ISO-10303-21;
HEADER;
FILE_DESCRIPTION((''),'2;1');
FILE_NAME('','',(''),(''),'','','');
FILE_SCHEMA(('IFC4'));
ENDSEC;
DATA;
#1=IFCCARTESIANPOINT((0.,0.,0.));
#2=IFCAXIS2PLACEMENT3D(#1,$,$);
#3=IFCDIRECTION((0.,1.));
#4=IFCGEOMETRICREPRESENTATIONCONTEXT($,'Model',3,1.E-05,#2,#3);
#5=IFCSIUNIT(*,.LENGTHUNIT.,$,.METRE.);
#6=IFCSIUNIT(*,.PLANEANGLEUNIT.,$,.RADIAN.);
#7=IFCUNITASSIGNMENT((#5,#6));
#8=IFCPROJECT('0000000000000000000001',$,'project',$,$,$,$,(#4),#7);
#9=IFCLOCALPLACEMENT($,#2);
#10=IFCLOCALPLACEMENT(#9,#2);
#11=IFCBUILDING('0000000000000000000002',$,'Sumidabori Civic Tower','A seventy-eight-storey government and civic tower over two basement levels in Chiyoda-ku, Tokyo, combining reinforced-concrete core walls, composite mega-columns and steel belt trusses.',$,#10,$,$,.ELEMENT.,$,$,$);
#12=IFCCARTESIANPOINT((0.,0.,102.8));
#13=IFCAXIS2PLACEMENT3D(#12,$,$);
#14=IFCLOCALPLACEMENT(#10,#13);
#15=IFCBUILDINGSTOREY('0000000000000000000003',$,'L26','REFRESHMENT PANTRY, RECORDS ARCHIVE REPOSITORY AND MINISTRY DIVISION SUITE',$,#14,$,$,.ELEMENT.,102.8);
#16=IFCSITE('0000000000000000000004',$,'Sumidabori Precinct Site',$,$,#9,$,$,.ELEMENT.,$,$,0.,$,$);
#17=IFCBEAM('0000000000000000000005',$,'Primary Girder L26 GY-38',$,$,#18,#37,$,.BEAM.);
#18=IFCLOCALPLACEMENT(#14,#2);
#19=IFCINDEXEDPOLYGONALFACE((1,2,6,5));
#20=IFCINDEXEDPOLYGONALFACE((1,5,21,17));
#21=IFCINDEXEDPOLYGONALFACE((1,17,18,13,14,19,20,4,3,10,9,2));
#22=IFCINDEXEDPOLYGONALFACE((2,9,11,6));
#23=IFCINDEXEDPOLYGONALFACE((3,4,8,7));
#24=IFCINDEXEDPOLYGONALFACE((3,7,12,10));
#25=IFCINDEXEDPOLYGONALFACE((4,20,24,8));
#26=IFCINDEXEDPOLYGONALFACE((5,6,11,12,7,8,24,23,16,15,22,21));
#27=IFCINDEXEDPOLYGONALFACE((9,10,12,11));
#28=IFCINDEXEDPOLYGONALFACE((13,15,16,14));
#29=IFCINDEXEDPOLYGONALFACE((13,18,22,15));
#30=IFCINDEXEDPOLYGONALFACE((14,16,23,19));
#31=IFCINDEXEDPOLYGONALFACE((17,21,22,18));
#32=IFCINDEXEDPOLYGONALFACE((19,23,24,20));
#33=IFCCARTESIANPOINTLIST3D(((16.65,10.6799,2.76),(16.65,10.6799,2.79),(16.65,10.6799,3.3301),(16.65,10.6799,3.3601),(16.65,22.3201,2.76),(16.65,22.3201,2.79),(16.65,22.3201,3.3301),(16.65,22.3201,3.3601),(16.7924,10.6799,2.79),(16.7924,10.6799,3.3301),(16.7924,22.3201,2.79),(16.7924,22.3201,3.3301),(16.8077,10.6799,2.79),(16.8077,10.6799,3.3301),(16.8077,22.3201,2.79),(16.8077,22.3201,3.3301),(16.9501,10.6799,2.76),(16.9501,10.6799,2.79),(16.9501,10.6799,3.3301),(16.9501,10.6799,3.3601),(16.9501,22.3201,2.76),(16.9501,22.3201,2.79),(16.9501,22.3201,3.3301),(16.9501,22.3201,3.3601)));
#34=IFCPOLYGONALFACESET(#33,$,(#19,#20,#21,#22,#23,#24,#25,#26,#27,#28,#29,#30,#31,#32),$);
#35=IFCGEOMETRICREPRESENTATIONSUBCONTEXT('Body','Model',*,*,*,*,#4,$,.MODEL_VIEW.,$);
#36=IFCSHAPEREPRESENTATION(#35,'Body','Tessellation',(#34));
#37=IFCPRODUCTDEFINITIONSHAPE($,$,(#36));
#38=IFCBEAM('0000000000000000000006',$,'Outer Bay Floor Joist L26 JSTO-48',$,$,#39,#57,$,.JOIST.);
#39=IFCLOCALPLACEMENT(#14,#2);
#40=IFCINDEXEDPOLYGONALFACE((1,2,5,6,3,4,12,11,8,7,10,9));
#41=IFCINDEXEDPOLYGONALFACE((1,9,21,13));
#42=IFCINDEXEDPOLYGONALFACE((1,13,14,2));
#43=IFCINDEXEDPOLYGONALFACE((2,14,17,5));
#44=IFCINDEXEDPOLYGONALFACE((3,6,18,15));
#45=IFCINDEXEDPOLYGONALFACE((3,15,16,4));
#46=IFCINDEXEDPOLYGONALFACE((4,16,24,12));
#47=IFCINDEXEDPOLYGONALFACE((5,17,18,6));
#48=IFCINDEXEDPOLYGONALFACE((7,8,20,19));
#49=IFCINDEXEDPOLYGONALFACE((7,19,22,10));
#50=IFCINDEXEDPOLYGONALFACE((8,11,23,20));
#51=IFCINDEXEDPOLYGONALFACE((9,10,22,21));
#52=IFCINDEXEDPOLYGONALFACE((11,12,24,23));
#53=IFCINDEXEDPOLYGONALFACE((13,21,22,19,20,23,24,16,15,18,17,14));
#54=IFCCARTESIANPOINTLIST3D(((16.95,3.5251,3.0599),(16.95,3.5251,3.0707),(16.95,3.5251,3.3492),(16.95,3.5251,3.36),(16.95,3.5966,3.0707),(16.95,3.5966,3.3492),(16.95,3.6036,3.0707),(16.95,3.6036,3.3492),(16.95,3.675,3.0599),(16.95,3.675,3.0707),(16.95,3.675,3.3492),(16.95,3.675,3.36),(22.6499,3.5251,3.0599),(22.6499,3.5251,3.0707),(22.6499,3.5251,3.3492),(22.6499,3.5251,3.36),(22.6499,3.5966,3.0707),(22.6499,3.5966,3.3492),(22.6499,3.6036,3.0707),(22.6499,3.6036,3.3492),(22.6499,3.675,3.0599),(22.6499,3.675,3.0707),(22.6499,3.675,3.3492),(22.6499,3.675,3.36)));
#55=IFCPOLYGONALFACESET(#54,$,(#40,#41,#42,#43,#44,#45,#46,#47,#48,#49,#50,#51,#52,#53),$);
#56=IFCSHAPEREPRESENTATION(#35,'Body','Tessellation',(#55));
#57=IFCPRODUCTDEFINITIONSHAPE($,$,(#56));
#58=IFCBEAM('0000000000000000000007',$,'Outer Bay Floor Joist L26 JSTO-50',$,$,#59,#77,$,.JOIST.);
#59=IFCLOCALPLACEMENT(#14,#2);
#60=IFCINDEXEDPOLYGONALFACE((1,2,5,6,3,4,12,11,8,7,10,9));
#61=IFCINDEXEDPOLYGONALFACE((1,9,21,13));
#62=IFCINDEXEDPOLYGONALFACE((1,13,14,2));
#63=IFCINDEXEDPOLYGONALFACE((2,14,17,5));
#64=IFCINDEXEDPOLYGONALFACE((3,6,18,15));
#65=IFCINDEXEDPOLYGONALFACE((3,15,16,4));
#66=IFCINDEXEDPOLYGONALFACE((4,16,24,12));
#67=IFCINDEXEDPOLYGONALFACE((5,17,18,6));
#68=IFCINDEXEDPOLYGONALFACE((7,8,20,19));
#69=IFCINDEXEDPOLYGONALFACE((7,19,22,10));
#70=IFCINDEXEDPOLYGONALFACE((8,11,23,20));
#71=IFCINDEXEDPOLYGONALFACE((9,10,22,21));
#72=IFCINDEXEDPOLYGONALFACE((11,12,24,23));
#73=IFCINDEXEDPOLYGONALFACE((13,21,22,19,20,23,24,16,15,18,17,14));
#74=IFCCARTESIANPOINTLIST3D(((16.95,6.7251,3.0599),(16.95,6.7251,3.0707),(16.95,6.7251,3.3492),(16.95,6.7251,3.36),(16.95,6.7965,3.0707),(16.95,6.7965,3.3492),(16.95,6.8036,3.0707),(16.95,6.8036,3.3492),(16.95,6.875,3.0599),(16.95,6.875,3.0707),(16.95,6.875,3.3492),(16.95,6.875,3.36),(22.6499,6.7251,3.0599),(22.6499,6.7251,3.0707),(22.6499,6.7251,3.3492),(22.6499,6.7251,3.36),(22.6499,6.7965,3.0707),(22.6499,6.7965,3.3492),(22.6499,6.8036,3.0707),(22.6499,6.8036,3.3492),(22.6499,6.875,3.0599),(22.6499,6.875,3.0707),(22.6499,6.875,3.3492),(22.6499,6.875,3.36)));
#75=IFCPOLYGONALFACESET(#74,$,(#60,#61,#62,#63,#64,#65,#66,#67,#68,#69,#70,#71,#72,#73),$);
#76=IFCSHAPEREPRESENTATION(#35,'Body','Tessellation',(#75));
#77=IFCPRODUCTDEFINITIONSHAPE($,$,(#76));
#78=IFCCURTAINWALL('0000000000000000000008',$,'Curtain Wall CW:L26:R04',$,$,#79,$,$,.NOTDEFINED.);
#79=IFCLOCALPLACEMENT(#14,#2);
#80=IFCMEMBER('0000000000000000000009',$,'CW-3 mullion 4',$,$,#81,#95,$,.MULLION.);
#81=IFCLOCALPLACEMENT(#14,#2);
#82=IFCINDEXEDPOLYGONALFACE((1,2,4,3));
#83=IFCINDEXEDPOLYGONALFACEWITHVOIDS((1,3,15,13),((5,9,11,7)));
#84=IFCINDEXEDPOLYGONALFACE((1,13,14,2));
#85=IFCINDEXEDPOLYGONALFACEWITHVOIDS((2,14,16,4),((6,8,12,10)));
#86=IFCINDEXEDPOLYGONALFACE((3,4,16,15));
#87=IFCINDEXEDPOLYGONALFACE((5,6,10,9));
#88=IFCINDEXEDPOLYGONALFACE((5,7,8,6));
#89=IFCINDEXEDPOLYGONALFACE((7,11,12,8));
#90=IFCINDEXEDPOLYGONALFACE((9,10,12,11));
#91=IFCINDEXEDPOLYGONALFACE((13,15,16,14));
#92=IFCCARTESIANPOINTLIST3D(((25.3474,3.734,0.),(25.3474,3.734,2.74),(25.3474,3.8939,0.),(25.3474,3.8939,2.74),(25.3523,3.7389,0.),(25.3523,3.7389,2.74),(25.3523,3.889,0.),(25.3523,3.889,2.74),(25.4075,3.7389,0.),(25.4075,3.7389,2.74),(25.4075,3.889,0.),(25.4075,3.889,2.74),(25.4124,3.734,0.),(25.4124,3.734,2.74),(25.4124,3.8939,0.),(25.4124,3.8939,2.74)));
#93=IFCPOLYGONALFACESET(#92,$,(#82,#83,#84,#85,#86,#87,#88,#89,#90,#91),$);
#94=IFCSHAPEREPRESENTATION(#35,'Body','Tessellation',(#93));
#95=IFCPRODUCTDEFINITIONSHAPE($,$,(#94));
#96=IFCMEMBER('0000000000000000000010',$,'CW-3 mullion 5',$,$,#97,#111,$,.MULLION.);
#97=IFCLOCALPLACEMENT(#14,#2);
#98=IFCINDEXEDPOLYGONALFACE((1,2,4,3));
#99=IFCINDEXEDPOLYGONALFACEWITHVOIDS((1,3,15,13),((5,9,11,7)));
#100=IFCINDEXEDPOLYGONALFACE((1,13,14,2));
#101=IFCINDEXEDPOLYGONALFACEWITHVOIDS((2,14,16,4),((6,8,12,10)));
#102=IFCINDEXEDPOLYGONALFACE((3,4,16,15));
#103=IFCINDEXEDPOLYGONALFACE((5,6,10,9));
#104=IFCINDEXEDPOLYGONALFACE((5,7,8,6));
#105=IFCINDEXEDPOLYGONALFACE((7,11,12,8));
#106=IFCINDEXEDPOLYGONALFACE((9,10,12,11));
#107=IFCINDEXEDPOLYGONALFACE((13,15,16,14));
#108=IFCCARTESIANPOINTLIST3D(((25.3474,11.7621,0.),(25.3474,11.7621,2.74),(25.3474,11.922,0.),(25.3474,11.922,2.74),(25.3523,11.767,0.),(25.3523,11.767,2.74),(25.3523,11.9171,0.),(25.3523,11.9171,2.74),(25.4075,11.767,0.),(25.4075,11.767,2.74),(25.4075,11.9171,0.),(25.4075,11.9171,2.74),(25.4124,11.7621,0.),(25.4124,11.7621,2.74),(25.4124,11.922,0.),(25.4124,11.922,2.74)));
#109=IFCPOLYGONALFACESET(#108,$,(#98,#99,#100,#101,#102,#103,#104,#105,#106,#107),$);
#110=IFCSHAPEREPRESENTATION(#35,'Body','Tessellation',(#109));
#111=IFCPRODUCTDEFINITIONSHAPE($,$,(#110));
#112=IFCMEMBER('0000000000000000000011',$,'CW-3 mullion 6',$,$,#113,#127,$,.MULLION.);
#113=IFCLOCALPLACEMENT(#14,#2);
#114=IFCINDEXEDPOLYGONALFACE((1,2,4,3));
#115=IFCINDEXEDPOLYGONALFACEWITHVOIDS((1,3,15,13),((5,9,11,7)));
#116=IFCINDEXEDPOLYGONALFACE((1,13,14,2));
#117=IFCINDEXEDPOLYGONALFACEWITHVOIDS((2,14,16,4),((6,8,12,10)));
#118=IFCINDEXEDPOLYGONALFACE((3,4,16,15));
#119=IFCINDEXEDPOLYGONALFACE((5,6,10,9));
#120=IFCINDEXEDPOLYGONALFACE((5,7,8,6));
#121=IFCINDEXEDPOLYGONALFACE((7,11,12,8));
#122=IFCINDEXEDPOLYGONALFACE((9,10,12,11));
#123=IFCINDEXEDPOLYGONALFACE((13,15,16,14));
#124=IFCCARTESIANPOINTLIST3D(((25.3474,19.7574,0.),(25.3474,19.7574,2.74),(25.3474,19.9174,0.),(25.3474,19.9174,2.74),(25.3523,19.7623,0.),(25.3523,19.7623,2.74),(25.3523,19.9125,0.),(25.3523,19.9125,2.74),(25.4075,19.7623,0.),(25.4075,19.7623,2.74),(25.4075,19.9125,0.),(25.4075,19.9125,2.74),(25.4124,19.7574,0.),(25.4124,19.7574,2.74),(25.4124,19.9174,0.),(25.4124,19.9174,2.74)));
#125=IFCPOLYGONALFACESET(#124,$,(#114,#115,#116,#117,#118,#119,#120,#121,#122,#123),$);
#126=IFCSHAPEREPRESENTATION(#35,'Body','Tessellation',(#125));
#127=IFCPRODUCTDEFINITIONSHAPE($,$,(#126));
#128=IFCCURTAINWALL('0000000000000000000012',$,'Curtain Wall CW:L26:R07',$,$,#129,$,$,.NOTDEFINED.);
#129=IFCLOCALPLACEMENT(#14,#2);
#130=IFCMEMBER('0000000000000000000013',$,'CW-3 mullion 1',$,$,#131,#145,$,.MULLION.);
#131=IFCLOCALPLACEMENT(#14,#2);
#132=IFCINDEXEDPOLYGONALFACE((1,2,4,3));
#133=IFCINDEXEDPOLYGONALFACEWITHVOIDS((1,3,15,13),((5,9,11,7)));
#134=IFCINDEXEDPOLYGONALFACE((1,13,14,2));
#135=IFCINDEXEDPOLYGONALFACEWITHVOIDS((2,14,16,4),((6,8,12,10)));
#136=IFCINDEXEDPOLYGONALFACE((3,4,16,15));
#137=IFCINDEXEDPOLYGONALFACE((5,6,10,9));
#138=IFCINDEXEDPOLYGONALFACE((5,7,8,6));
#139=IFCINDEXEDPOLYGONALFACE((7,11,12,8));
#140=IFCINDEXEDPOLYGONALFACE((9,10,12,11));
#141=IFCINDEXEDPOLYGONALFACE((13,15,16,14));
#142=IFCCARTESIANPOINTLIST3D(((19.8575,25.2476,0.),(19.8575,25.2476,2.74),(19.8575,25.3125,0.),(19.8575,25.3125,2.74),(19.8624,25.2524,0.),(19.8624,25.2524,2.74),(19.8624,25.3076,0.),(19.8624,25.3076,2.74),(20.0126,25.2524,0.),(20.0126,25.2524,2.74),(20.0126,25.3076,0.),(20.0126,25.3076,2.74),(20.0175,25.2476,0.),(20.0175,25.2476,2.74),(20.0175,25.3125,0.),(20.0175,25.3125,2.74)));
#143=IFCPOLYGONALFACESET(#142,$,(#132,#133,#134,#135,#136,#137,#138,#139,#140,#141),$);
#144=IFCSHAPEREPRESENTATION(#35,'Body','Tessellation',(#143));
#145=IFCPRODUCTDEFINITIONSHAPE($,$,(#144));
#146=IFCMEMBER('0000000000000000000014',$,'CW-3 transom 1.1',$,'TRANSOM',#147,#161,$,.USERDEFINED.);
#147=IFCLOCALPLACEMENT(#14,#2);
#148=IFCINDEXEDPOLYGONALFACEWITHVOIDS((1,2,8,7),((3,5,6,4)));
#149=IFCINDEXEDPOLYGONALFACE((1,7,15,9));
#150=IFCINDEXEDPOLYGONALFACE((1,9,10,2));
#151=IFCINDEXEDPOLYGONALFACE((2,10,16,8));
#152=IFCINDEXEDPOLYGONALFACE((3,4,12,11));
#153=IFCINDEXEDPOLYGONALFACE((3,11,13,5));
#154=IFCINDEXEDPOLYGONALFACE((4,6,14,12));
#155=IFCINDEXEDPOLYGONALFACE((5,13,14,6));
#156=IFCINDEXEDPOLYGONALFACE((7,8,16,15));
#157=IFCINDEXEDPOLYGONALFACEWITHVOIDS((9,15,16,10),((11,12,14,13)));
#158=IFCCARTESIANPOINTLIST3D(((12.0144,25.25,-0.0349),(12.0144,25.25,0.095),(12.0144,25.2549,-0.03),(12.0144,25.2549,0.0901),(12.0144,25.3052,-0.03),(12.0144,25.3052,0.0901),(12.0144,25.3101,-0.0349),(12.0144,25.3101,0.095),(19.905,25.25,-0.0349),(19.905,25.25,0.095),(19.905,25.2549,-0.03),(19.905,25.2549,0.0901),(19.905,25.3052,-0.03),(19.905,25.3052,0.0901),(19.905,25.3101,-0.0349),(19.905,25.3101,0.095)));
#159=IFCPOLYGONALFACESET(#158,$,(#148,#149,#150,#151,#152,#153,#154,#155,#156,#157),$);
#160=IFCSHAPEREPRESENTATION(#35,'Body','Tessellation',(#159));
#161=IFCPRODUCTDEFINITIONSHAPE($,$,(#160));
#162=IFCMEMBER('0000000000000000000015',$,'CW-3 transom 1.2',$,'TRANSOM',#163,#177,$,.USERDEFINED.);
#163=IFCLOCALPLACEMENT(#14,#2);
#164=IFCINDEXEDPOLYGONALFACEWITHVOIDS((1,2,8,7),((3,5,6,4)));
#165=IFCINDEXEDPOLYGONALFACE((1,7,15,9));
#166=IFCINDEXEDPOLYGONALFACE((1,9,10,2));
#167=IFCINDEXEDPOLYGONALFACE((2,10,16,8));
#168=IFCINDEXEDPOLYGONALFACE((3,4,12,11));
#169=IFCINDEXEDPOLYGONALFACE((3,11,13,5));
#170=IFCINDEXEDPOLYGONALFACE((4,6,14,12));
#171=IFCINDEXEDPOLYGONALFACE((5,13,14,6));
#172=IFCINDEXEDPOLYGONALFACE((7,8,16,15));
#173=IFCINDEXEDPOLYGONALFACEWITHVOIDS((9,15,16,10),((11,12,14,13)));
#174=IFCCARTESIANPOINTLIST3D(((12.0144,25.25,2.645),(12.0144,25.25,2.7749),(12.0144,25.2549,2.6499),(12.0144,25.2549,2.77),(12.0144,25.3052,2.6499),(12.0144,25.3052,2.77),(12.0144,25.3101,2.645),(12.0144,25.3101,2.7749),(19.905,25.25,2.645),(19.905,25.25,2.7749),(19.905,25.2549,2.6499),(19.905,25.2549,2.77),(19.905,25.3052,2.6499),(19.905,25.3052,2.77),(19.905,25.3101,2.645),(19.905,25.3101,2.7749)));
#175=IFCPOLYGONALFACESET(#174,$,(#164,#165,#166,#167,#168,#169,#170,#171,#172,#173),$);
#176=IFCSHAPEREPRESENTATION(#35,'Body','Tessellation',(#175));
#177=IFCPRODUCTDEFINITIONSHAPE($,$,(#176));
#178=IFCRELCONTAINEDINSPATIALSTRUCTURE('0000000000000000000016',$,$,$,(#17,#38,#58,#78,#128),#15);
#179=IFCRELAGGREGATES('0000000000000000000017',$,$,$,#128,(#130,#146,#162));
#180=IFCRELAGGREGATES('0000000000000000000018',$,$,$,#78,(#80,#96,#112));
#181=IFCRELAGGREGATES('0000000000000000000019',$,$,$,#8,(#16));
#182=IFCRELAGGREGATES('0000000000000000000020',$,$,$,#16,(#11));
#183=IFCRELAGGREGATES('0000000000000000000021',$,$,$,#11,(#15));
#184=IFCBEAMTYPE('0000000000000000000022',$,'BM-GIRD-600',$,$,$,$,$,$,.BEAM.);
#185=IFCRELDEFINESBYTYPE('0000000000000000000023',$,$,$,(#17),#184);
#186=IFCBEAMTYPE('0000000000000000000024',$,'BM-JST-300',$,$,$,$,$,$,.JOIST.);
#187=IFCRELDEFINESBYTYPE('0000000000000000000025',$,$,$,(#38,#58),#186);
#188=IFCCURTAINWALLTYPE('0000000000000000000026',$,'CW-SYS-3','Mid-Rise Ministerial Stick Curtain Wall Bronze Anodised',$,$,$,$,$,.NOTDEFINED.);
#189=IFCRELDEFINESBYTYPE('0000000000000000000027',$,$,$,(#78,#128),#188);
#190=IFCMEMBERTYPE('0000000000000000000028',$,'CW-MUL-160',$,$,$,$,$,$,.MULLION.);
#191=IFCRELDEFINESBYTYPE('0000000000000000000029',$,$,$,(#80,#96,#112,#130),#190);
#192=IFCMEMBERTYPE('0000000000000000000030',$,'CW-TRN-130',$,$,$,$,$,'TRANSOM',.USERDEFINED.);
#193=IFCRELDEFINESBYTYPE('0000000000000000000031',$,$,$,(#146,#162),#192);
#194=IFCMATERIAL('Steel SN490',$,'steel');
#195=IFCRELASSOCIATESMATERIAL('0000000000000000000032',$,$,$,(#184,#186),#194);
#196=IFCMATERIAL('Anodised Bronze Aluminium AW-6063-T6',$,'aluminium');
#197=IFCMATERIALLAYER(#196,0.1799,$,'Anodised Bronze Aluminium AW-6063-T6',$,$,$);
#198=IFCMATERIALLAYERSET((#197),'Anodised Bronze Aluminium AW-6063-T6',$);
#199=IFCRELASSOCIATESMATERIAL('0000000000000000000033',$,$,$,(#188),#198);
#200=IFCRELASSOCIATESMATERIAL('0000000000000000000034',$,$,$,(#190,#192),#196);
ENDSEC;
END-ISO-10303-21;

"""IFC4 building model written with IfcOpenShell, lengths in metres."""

from ifc_helpers import new_model, si_unit, direction, frame, origin, origin_2d, place, context, subcontext, project, spatial, hollow_rectangle, i_section, extrude, source, transform, mapped, material, layer, layer_set, material_profile, profile_set, type_object, element, aggregate, save


model = new_model("IFC4")

# Units and contexts
model_context = context("Model", 3, precision=1e-05, world=origin(), true_north=direction((0.0, 1.0)))
body_context = subcontext(model_context, "Body", "Model", "MODEL_VIEW")
ifc_project = project(units=[si_unit("LENGTHUNIT", "METRE"), si_unit("PLANEANGLEUNIT", "RADIAN")], contexts=[model_context])

# Site, building, storey
site_placement = place(None, origin())
site = spatial("IfcSite", under=ifc_project, at=site_placement, Name="Sumidabori Precinct Site", CompositionType="ELEMENT", RefElevation=0.0)
building_placement = place(site_placement, origin())
building = spatial("IfcBuilding", under=site, at=building_placement, Name="Sumidabori Civic Tower", Description="A seventy-eight-storey government and civic tower over two basement levels in Chiyoda-ku, Tokyo, combining reinforced-concrete core walls, composite mega-columns and steel belt trusses.", CompositionType="ELEMENT")
storey_placement = place(building_placement, frame((0.0, 0.0, 102.8)))
storey = spatial("IfcBuildingStorey", under=building, at=storey_placement, Name="L26", Description="REFRESHMENT PANTRY, RECORDS ARCHIVE REPOSITORY AND MINISTRY DIVISION SUITE", CompositionType="ELEMENT", Elevation=102.8)

# Beams
ifc_material_1 = material(Name="Steel SN490", Category="steel")
ifc_material_profile_1 = material_profile(ifc_material_1, i_section(OverallWidth=0.3, OverallDepth=0.6001, WebThickness=0.0154, FlangeThickness=0.03, at=origin_2d()), Name="HE 600 B")
ifc_profile_set_1 = profile_set([ifc_material_profile_1], Name="Steel SN490")
beam_type_1 = type_object("IfcBeamType", Name="BM-GIRD-600", PredefinedType="BEAM", material=ifc_profile_set_1)
shared_shape_1 = source(origin(), body_context, "Body", "SweptSolid", [
    extrude(i_section(OverallWidth=0.3, OverallDepth=0.6001, WebThickness=0.0154, FlangeThickness=0.03, at=origin_2d()), origin(), (0.0, 0.0, 1.0), 11.6401),
])
beam_1_placement = place(storey_placement, frame((16.8, 10.6799, 3.0601), z_axis=(0.0, 1.0, 0.0), x_axis=(-1.0, 0.0, 0.0)))
element("IfcBeam", 1, at=beam_1_placement, inside=storey, type_object=beam_type_1, Name="Primary Girder L26 GY-38", PredefinedType="BEAM", context=body_context, shape_type="MappedRepresentation", body=[
    mapped(shared_shape_1, transform((0.0, 0.0, 0.0), x_axis=(1.0, 0.0, 0.0), y_axis=(0.0, 1.0, 0.0), z_axis=(0.0, 0.0, 1.0), scale=1.0)),
])
ifc_material_profile_2 = material_profile(ifc_material_1, i_section(OverallWidth=0.1499, OverallDepth=0.3, WebThickness=0.0071, FlangeThickness=0.0107, at=origin_2d()), Name="IPE 300")
ifc_profile_set_2 = profile_set([ifc_material_profile_2], Name="Steel SN490")
beam_type_2 = type_object("IfcBeamType", Name="BM-JST-300", PredefinedType="JOIST", material=ifc_profile_set_2)
shared_shape_2 = source(origin(), body_context, "Body", "SweptSolid", [
    extrude(i_section(OverallWidth=0.1499, OverallDepth=0.3, WebThickness=0.0071, FlangeThickness=0.0107, at=origin_2d()), origin(), (0.0, 0.0, 1.0), 5.7),
])
for number, where, z_axis, x_axis, name in (
    (2, (16.95, 3.6001, 3.21), (1.0, 0.0, 0.0), (0.0, 1.0, 0.0), "Outer Bay Floor Joist L26 JSTO-48"),
    (3, (16.95, 6.8, 3.21), (1.0, 0.0, 0.0), (0.0, 1.0, 0.0), "Outer Bay Floor Joist L26 JSTO-50"),
):
    element("IfcBeam", number, at=place(storey_placement, frame(where, z_axis=z_axis, x_axis=x_axis)), inside=storey, type_object=beam_type_2, Name=name, PredefinedType="JOIST", context=body_context, shape_type="MappedRepresentation", body=[
        mapped(shared_shape_2, transform((0.0, 0.0, 0.0), x_axis=(1.0, 0.0, 0.0), y_axis=(0.0, 1.0, 0.0), z_axis=(0.0, 0.0, 1.0), scale=1.0)),
    ])

# Curtain walls, members
ifc_material_2 = material(Name="Anodised Bronze Aluminium AW-6063-T6", Category="aluminium")
ifc_layer_1 = layer(ifc_material_2, 0.1799, Name="Anodised Bronze Aluminium AW-6063-T6")
ifc_layer_set_1 = layer_set([ifc_layer_1], Name="Anodised Bronze Aluminium AW-6063-T6")
curtain_wall_type = type_object("IfcCurtainWallType", Name="CW-SYS-3", Description="Mid-Rise Ministerial Stick Curtain Wall Bronze Anodised", PredefinedType="NOTDEFINED", material=ifc_layer_set_1)
curtain_wall_1_placement = place(storey_placement, origin())
curtain_wall_1 = element("IfcCurtainWall", 4, at=curtain_wall_1_placement, inside=storey, type_object=curtain_wall_type, Name="Curtain Wall CW:L26:R04", PredefinedType="NOTDEFINED")
ifc_material_profile_3 = material_profile(ifc_material_2, hollow_rectangle(XDim=0.0649, YDim=0.1599, WallThickness=0.0049, at=origin_2d()), Name="ALU MULLION 160x65")
ifc_profile_set_3 = profile_set([ifc_material_profile_3], Name="Anodised Bronze Aluminium AW-6063-T6")
member_type_1 = type_object("IfcMemberType", Name="CW-MUL-160", PredefinedType="MULLION", material=ifc_profile_set_3)
shared_shape_3 = source(origin(), body_context, "Body", "SweptSolid", [
    extrude(hollow_rectangle(XDim=0.0649, YDim=0.1599, WallThickness=0.0049, at=origin_2d()), origin(), (0.0, 0.0, 1.0), 2.74),
])
member_1_placement = place(storey_placement, frame((25.3799, 3.814, 0.0), z_axis=(0.0, 0.0, 1.0), x_axis=(-1.0, 0.0, 0.0)))
member_1 = element("IfcMember", 5, at=member_1_placement, type_object=member_type_1, Name="CW-3 mullion 4", PredefinedType="MULLION", context=body_context, shape_type="MappedRepresentation", body=[
    mapped(shared_shape_3, transform((0.0, 0.0, 0.0), x_axis=(1.0, 0.0, 0.0), y_axis=(0.0, 1.0, 0.0), z_axis=(0.0, 0.0, 1.0), scale=1.0)),
])
member_2_placement = place(storey_placement, frame((25.3799, 11.842, 0.0), z_axis=(0.0, 0.0, 1.0), x_axis=(-1.0, 0.0, 0.0)))
member_2 = element("IfcMember", 6, at=member_2_placement, type_object=member_type_1, Name="CW-3 mullion 5", PredefinedType="MULLION", context=body_context, shape_type="MappedRepresentation", body=[
    mapped(shared_shape_3, transform((0.0, 0.0, 0.0), x_axis=(1.0, 0.0, 0.0), y_axis=(0.0, 1.0, 0.0), z_axis=(0.0, 0.0, 1.0), scale=1.0)),
])
member_3_placement = place(storey_placement, frame((25.3799, 19.8374, 0.0), z_axis=(0.0, 0.0, 1.0), x_axis=(-1.0, 0.0, 0.0)))
member_3 = element("IfcMember", 7, at=member_3_placement, type_object=member_type_1, Name="CW-3 mullion 6", PredefinedType="MULLION", context=body_context, shape_type="MappedRepresentation", body=[
    mapped(shared_shape_3, transform((0.0, 0.0, 0.0), x_axis=(1.0, 0.0, 0.0), y_axis=(0.0, 1.0, 0.0), z_axis=(0.0, 0.0, 1.0), scale=1.0)),
])
curtain_wall_2_placement = place(storey_placement, origin())
curtain_wall_2 = element("IfcCurtainWall", 8, at=curtain_wall_2_placement, inside=storey, type_object=curtain_wall_type, Name="Curtain Wall CW:L26:R07", PredefinedType="NOTDEFINED")
member_4_placement = place(storey_placement, frame((19.9375, 25.28, 0.0), z_axis=(0.0, 0.0, 1.0), x_axis=(0.0, -1.0, 0.0)))
member_4 = element("IfcMember", 9, at=member_4_placement, type_object=member_type_1, Name="CW-3 mullion 1", PredefinedType="MULLION", context=body_context, shape_type="MappedRepresentation", body=[
    mapped(shared_shape_3, transform((0.0, 0.0, 0.0), x_axis=(1.0, 0.0, 0.0), y_axis=(0.0, 1.0, 0.0), z_axis=(0.0, 0.0, 1.0), scale=1.0)),
])
ifc_material_profile_4 = material_profile(ifc_material_2, hollow_rectangle(XDim=0.0601, YDim=0.1299, WallThickness=0.0049, at=origin_2d()), Name="ALU TRANSOM 130x60")
ifc_profile_set_4 = profile_set([ifc_material_profile_4], Name="Anodised Bronze Aluminium AW-6063-T6")
member_type_2 = type_object("IfcMemberType", Name="CW-TRN-130", ElementType="TRANSOM", PredefinedType="USERDEFINED", material=ifc_profile_set_4)
shared_shape_4 = source(origin(), body_context, "Body", "SweptSolid", [
    extrude(hollow_rectangle(XDim=0.0601, YDim=0.1299, WallThickness=0.0049, at=origin_2d()), origin(), (0.0, 0.0, 1.0), 7.8906),
])
member_5_placement = place(storey_placement, frame((19.905, 25.28, 0.03), z_axis=(-1.0, 0.0, 0.0), x_axis=(0.0, -1.0, 0.0)))
member_5 = element("IfcMember", 10, at=member_5_placement, type_object=member_type_2, Name="CW-3 transom 1.1", ObjectType="TRANSOM", PredefinedType="USERDEFINED", context=body_context, shape_type="MappedRepresentation", body=[
    mapped(shared_shape_4, transform((0.0, 0.0, 0.0), x_axis=(1.0, 0.0, 0.0), y_axis=(0.0, 1.0, 0.0), z_axis=(0.0, 0.0, 1.0), scale=1.0)),
])
member_6_placement = place(storey_placement, frame((19.905, 25.28, 2.71), z_axis=(-1.0, 0.0, 0.0), x_axis=(0.0, -1.0, 0.0)))
member_6 = element("IfcMember", 11, at=member_6_placement, type_object=member_type_2, Name="CW-3 transom 1.2", ObjectType="TRANSOM", PredefinedType="USERDEFINED", context=body_context, shape_type="MappedRepresentation", body=[
    mapped(shared_shape_4, transform((0.0, 0.0, 0.0), x_axis=(1.0, 0.0, 0.0), y_axis=(0.0, 1.0, 0.0), z_axis=(0.0, 0.0, 1.0), scale=1.0)),
])

aggregate(curtain_wall_2, [member_4, member_5, member_6])
aggregate(curtain_wall_1, [member_1, member_2, member_3])

save(model, "model.ifc")
